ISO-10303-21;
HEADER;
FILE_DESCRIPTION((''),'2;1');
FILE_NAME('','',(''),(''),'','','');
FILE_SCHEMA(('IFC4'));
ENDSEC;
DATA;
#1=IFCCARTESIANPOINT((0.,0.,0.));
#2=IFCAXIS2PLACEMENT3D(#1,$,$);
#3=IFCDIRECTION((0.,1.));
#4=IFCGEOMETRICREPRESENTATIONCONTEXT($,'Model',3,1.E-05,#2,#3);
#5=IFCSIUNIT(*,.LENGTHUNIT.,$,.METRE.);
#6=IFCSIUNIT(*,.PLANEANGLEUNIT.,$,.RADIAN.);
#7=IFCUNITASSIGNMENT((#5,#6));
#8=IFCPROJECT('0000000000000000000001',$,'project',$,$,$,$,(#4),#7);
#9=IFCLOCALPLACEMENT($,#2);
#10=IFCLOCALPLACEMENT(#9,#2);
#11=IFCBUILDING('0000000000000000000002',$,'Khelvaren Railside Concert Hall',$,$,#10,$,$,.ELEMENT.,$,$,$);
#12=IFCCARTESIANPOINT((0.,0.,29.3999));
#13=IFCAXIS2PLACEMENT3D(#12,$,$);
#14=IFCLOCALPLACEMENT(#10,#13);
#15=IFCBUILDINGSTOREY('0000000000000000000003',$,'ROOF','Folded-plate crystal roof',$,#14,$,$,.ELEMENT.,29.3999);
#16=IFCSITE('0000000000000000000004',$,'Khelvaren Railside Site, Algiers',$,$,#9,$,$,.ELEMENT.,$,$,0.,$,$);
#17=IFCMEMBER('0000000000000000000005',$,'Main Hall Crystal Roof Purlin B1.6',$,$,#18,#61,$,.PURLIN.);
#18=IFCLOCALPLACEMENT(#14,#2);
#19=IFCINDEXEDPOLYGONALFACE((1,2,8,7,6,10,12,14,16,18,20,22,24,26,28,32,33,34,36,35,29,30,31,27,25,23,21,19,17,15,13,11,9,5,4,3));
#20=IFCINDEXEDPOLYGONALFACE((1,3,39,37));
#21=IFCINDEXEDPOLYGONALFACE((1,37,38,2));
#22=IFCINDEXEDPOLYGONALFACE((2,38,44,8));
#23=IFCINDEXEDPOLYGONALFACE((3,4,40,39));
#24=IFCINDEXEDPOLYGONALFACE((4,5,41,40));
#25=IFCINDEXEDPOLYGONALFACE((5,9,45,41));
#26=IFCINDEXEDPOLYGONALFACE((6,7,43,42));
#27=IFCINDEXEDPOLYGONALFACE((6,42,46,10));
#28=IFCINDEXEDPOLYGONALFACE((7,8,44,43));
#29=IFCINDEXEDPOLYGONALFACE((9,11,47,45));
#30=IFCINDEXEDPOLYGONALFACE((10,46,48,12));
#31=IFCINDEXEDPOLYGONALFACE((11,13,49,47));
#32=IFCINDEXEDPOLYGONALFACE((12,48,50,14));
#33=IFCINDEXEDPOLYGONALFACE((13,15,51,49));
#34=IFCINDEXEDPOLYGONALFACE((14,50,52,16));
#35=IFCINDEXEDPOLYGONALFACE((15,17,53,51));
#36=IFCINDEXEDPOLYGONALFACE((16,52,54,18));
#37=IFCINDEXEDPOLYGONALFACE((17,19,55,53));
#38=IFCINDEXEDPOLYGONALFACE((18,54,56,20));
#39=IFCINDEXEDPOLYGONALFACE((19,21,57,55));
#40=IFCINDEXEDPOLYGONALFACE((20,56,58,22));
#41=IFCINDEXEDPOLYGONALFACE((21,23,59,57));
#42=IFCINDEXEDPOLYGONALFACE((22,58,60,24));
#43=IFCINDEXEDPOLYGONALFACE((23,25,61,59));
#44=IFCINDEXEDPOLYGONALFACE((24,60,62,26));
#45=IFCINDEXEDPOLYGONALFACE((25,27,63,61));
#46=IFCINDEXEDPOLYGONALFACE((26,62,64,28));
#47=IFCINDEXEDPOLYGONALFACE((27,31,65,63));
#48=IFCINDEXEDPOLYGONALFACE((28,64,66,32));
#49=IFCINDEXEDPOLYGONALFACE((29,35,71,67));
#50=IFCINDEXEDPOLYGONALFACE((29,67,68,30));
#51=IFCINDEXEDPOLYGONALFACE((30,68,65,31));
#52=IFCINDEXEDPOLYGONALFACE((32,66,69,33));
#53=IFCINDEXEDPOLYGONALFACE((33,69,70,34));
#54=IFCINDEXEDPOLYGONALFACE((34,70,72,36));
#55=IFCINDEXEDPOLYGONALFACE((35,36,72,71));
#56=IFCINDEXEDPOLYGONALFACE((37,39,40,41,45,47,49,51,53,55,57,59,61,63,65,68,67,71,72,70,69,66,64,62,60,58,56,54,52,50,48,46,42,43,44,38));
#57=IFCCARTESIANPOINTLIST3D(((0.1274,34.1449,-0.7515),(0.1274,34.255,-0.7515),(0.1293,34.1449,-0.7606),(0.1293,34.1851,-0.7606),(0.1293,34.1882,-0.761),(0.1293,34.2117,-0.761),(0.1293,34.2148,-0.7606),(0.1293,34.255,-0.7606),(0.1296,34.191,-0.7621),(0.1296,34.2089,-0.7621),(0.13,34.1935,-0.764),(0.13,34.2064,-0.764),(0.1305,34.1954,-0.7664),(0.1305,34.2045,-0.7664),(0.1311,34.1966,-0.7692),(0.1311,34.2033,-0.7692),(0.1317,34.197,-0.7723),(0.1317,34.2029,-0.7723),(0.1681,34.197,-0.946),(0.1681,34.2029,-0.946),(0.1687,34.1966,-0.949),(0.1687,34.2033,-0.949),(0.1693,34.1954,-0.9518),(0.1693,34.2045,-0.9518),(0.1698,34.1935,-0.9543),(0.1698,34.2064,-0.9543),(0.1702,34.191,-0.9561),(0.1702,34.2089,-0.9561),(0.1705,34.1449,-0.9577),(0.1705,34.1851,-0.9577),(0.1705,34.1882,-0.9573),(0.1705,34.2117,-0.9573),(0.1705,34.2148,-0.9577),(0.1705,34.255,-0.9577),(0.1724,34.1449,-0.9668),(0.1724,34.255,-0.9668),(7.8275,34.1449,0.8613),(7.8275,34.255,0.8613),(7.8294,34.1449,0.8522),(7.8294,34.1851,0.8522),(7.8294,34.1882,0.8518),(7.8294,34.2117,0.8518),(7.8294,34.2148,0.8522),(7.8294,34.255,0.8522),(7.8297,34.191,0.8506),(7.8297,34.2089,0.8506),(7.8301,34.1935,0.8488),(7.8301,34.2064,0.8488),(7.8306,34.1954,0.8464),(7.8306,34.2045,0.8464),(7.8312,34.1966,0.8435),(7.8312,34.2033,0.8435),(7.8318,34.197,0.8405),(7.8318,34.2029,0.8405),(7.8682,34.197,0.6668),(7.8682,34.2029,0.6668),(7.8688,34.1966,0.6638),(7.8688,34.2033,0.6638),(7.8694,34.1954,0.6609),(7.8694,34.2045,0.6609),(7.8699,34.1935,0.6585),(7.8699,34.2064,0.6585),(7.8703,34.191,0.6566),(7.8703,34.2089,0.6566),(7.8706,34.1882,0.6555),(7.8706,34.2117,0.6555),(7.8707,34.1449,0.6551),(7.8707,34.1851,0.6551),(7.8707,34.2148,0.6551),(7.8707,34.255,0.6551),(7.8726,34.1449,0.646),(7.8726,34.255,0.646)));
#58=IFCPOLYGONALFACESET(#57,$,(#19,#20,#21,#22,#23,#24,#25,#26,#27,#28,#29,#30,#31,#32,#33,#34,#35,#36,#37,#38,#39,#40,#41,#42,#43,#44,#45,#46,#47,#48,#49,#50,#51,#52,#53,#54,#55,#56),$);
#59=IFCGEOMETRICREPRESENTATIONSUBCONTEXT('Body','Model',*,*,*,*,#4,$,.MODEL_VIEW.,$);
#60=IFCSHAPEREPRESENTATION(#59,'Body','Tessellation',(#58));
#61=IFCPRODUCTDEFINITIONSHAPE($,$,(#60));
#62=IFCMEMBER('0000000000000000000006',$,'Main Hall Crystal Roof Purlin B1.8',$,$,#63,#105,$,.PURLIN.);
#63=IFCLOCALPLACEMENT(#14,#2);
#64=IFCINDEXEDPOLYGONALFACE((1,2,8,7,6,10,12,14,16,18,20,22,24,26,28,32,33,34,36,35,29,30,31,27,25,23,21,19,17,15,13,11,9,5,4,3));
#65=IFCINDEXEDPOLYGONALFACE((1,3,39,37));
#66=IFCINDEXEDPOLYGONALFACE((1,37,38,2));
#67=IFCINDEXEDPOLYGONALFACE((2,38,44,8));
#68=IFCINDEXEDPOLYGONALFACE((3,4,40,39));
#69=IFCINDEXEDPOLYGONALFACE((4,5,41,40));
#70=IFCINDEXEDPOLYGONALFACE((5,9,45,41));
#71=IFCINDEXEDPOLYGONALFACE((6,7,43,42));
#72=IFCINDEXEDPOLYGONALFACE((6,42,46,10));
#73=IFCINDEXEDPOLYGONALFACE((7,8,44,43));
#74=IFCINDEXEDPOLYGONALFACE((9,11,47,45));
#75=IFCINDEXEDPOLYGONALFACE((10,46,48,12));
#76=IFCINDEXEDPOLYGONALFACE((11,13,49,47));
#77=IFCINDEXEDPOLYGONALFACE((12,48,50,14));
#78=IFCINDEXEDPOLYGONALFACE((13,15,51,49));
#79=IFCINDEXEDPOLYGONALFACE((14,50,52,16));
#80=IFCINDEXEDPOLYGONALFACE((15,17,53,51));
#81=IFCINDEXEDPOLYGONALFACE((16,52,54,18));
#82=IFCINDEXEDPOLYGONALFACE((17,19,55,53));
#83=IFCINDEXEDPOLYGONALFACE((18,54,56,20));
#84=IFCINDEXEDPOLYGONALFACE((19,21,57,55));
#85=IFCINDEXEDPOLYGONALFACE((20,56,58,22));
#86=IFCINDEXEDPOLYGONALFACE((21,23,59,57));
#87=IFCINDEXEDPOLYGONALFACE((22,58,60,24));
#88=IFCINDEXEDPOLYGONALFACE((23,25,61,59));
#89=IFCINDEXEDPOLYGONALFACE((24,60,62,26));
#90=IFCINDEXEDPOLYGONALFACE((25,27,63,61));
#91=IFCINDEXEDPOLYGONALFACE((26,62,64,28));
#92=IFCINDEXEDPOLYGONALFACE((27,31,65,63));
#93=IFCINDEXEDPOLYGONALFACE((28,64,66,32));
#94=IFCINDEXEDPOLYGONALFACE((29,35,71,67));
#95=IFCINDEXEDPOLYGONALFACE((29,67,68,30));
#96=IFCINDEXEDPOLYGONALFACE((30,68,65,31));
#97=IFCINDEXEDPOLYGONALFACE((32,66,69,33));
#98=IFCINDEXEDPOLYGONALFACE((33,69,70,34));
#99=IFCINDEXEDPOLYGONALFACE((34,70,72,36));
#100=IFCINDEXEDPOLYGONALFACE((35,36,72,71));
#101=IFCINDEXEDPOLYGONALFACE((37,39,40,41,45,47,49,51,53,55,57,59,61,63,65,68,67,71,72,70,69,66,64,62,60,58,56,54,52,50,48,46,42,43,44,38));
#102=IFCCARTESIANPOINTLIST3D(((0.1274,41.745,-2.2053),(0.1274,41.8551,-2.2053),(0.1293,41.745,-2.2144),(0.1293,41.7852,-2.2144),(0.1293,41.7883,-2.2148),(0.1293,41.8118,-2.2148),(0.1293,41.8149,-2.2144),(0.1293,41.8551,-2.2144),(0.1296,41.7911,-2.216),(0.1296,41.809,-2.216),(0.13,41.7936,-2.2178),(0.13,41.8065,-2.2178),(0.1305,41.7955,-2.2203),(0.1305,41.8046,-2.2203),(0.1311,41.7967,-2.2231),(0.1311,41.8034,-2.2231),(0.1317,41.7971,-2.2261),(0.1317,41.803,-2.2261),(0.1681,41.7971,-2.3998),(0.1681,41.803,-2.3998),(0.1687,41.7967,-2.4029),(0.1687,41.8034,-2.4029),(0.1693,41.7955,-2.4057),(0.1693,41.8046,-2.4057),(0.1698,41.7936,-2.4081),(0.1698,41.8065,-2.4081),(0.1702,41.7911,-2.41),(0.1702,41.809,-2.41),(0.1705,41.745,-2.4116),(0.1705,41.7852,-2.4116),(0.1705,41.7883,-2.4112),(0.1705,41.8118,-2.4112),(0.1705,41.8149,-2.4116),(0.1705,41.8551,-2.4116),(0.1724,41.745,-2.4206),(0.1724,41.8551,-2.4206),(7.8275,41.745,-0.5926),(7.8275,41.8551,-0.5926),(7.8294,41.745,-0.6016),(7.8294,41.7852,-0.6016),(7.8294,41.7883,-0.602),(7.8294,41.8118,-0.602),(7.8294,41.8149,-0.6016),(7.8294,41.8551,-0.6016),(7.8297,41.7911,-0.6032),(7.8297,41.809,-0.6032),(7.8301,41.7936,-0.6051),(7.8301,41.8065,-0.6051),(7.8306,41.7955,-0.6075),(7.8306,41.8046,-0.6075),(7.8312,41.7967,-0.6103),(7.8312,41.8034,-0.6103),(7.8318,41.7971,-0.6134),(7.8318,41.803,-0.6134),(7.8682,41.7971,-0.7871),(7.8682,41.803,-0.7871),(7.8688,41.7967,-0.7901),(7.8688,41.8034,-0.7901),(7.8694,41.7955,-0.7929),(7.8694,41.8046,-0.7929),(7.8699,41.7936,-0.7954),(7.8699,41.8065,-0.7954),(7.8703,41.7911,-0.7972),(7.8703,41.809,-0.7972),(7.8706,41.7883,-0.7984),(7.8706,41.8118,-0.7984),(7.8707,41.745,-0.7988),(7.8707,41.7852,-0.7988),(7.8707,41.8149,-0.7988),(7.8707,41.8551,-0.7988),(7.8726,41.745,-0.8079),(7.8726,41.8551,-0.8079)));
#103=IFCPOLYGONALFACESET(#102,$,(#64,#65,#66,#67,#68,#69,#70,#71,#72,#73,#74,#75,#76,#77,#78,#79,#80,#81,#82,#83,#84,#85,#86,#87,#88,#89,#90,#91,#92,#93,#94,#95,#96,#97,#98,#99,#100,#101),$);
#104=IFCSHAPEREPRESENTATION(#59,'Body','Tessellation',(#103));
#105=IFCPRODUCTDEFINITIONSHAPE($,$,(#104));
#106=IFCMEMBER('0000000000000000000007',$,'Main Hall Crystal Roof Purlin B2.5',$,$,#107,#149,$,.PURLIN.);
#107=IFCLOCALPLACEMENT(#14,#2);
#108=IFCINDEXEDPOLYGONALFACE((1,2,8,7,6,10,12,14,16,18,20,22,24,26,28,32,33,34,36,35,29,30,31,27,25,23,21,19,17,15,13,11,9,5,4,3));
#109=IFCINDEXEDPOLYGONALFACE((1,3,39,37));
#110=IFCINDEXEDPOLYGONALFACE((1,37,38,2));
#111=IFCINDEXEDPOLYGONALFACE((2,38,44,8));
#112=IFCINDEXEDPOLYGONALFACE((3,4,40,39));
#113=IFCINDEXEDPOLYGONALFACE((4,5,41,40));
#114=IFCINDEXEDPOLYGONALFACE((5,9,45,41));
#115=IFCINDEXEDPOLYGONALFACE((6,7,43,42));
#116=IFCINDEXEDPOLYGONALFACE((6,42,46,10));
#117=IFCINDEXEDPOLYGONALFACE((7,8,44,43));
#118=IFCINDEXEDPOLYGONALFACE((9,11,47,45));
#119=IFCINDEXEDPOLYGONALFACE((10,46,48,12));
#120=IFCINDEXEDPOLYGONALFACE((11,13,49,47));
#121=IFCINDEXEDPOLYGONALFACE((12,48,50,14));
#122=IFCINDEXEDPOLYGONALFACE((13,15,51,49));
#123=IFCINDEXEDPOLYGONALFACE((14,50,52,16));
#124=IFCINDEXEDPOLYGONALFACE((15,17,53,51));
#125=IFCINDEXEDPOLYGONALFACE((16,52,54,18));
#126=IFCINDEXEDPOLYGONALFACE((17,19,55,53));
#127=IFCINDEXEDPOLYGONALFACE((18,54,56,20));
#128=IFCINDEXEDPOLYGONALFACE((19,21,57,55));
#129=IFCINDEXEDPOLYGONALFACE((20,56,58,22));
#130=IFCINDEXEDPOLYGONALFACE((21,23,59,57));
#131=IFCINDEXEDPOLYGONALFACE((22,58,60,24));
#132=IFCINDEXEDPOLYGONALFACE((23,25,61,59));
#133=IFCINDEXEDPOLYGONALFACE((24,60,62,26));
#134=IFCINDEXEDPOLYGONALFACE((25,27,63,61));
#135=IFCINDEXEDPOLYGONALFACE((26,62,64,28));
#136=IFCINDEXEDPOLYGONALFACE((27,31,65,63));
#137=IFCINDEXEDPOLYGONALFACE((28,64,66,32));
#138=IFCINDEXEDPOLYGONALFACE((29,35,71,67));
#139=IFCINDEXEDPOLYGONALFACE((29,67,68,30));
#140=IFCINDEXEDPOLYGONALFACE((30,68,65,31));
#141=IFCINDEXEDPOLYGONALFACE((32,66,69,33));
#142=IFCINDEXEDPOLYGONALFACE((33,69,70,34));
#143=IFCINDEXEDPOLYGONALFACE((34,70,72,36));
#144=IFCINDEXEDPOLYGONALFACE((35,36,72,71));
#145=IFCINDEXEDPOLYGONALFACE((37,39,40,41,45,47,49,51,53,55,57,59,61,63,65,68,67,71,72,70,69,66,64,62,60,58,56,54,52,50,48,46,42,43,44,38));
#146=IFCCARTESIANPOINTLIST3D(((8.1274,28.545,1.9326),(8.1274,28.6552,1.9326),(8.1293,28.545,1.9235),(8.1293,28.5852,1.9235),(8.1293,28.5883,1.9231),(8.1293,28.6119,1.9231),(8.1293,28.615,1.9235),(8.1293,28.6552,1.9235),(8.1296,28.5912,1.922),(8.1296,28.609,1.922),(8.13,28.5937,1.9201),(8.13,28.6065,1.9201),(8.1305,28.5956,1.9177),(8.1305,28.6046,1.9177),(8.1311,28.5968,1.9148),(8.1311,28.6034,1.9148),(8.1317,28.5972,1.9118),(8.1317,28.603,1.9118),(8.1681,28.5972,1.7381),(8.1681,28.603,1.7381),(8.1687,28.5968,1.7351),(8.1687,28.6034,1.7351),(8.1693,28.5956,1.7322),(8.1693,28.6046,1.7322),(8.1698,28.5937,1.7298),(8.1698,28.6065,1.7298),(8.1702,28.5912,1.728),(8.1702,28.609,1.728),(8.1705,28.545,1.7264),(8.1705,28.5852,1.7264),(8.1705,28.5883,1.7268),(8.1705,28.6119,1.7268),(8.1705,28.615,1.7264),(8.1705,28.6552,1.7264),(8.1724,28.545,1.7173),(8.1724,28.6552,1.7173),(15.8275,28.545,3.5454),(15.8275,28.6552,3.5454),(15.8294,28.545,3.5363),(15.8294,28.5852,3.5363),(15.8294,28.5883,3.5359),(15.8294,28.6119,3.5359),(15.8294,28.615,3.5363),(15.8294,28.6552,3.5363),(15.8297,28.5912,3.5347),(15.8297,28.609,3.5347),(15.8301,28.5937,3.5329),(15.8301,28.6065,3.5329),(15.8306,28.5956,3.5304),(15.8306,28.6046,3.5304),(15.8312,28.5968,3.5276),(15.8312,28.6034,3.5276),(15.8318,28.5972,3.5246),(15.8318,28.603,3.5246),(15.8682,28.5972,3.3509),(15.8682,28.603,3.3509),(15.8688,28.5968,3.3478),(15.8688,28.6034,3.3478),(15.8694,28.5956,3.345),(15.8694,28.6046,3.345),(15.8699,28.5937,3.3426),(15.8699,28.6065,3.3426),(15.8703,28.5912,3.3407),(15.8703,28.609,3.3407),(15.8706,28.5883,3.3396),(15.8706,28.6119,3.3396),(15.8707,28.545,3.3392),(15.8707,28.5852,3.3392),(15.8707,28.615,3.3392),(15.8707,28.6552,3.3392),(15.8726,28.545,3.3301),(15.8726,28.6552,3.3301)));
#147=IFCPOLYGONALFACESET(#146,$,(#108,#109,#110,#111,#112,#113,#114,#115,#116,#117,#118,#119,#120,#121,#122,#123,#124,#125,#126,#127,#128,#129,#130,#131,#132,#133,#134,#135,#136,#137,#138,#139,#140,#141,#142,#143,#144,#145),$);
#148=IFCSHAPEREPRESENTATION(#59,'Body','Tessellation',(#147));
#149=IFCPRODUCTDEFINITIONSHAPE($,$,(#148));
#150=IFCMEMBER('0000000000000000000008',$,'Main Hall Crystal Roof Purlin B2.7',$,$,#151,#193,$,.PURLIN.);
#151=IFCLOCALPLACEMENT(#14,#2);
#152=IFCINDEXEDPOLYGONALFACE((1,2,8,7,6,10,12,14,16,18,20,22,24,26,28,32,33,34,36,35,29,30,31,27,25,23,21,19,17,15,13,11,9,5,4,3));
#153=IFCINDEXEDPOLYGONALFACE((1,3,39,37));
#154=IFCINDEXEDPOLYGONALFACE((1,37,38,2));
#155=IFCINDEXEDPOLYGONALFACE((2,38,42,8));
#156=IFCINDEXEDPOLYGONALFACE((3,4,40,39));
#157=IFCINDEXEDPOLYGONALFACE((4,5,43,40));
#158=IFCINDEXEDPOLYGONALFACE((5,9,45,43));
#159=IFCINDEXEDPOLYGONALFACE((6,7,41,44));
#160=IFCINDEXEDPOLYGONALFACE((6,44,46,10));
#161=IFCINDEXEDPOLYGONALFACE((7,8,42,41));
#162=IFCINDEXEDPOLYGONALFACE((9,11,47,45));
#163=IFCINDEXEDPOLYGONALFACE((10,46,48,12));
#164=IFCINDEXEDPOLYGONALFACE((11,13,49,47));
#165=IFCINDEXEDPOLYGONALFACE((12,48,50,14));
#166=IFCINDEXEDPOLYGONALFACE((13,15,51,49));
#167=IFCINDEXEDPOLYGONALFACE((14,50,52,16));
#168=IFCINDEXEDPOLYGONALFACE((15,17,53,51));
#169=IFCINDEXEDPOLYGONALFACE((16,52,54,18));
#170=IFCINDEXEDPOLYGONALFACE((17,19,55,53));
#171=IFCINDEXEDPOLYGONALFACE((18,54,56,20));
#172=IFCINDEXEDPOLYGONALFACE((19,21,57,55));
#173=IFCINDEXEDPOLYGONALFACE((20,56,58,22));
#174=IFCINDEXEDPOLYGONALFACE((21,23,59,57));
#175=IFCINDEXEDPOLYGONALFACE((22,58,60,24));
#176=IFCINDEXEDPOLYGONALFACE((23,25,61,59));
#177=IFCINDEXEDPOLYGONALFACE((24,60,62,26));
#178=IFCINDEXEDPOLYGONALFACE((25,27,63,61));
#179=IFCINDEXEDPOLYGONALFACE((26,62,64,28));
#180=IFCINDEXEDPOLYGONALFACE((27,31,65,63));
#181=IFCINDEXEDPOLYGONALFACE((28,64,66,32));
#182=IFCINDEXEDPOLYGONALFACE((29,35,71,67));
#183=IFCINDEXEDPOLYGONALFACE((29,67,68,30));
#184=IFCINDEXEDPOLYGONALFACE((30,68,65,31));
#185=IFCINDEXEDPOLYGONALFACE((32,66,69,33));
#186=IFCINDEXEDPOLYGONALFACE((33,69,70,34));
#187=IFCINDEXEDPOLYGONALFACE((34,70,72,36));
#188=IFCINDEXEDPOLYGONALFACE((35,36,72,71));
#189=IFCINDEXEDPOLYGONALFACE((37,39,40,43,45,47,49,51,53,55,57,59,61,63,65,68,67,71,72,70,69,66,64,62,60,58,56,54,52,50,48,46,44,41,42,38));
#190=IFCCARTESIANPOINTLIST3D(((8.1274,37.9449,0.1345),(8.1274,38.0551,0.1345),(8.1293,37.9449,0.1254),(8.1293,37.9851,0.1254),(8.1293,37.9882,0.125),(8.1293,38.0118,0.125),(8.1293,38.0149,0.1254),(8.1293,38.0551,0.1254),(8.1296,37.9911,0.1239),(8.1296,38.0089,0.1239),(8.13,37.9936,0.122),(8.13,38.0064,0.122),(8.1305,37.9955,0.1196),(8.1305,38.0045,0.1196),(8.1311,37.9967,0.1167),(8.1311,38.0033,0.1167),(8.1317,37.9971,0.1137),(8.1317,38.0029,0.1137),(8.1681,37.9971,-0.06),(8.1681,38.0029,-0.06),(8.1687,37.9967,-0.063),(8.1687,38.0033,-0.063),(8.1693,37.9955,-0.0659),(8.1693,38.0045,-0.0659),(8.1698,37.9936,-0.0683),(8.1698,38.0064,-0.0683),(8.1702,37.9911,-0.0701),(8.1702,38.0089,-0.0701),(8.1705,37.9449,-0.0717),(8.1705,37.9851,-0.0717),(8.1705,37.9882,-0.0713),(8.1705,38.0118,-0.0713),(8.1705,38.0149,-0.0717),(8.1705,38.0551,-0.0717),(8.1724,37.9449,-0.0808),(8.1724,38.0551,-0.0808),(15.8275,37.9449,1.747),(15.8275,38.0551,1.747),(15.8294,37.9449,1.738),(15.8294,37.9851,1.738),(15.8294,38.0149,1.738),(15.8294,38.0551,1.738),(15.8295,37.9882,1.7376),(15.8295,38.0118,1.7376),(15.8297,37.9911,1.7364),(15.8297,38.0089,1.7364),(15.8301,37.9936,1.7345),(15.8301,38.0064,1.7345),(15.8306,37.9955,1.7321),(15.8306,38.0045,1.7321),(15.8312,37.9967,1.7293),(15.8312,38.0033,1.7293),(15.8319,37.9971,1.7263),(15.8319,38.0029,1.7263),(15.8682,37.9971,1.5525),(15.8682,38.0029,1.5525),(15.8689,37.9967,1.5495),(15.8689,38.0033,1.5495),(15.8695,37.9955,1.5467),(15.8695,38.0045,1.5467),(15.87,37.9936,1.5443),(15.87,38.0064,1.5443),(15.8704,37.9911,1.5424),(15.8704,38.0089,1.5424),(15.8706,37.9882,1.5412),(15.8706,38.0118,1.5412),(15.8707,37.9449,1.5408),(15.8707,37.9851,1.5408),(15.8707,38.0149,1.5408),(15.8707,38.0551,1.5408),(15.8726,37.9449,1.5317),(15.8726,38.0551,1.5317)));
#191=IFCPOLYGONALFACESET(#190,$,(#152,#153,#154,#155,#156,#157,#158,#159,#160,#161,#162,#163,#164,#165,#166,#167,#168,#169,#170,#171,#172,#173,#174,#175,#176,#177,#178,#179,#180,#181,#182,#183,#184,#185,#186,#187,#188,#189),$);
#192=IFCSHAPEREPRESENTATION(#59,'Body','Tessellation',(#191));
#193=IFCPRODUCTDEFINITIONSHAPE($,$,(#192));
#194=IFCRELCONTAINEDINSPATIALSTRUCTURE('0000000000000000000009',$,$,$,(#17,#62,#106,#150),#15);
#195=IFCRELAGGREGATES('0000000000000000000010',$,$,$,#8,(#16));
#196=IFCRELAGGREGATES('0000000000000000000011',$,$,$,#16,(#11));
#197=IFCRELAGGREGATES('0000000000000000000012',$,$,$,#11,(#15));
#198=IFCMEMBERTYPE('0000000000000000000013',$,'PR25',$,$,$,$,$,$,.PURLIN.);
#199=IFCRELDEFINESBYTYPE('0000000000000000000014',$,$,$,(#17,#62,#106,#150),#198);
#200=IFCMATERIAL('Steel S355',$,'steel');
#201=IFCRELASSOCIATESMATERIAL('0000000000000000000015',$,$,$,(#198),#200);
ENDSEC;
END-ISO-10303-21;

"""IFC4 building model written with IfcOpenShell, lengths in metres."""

from ifc_helpers import new_model, si_unit, direction, frame, origin, origin_2d, place, context, subcontext, project, spatial, i_section, extrude, material, material_profile, profile_set, type_object, element, save


model = new_model("IFC4")

# Units and contexts
model_context = context("Model", 3, precision=1e-05, world=origin(), true_north=direction((0.0, 1.0)))
body_context = subcontext(model_context, "Body", "Model", "MODEL_VIEW")
ifc_project = project(units=[si_unit("LENGTHUNIT", "METRE"), si_unit("PLANEANGLEUNIT", "RADIAN")], contexts=[model_context])

# Site, building, storey
site_placement = place(None, origin())
site = spatial("IfcSite", under=ifc_project, at=site_placement, Name="Khelvaren Railside Site, Algiers", CompositionType="ELEMENT", RefElevation=0.0)
building_placement = place(site_placement, origin())
building = spatial("IfcBuilding", under=site, at=building_placement, Name="Khelvaren Railside Concert Hall", CompositionType="ELEMENT")
storey_placement = place(building_placement, frame((0.0, 0.0, 29.3999)))
storey = spatial("IfcBuildingStorey", under=building, at=storey_placement, Name="ROOF", Description="Folded-plate crystal roof", CompositionType="ELEMENT", Elevation=29.3999)

# Shared definitions
ifc_material_1 = material(Name="Steel S355", Category="steel")

# Members
ifc_material_profile_1 = material_profile(ifc_material_1, i_section(OverallWidth=0.1101, OverallDepth=0.22, WebThickness=0.0059, FlangeThickness=0.0093, FilletRadius=0.012, at=origin_2d()), Name="IPE 220")
ifc_profile_set_1 = profile_set([ifc_material_profile_1], Name="Steel S355")
member_type_1 = type_object("IfcMemberType", Name="PR25", PredefinedType="PURLIN", material=ifc_profile_set_1)
for number, where, z_axis, x_axis, name in (
    (1, (0.1499, 34.2, -0.8591), (0.978762, 0.0, 0.205), (0.0, 1.0, 0.0), "Main Hall Crystal Roof Purlin B1.6"),
    (2, (0.1499, 41.8, -2.313), (0.978762, 0.0, 0.205), (0.0, 1.0, 0.0), "Main Hall Crystal Roof Purlin B1.8"),
    (3, (8.1499, 28.6001, 1.825), (0.978762, 0.0, 0.205), (0.0, 1.0, 0.0), "Main Hall Crystal Roof Purlin B2.5"),
    (4, (8.1499, 38.0, 0.0269), (0.978768, 0.0, 0.20497), (0.0, 1.0, 0.0), "Main Hall Crystal Roof Purlin B2.7"),
):
    element("IfcMember", number, at=place(storey_placement, frame(where, z_axis=z_axis, x_axis=x_axis)), inside=storey, type_object=member_type_1, Name=name, PredefinedType="PURLIN", context=body_context, shape_type="SweptSolid", body=[
        extrude(i_section(OverallWidth=0.1101, OverallDepth=0.22, WebThickness=0.0059, FlangeThickness=0.0093, FilletRadius=0.012, at=origin_2d()), origin(), (0.0, 0.0, 1.0), 7.8672),
    ])

save(model, "model.ifc")
